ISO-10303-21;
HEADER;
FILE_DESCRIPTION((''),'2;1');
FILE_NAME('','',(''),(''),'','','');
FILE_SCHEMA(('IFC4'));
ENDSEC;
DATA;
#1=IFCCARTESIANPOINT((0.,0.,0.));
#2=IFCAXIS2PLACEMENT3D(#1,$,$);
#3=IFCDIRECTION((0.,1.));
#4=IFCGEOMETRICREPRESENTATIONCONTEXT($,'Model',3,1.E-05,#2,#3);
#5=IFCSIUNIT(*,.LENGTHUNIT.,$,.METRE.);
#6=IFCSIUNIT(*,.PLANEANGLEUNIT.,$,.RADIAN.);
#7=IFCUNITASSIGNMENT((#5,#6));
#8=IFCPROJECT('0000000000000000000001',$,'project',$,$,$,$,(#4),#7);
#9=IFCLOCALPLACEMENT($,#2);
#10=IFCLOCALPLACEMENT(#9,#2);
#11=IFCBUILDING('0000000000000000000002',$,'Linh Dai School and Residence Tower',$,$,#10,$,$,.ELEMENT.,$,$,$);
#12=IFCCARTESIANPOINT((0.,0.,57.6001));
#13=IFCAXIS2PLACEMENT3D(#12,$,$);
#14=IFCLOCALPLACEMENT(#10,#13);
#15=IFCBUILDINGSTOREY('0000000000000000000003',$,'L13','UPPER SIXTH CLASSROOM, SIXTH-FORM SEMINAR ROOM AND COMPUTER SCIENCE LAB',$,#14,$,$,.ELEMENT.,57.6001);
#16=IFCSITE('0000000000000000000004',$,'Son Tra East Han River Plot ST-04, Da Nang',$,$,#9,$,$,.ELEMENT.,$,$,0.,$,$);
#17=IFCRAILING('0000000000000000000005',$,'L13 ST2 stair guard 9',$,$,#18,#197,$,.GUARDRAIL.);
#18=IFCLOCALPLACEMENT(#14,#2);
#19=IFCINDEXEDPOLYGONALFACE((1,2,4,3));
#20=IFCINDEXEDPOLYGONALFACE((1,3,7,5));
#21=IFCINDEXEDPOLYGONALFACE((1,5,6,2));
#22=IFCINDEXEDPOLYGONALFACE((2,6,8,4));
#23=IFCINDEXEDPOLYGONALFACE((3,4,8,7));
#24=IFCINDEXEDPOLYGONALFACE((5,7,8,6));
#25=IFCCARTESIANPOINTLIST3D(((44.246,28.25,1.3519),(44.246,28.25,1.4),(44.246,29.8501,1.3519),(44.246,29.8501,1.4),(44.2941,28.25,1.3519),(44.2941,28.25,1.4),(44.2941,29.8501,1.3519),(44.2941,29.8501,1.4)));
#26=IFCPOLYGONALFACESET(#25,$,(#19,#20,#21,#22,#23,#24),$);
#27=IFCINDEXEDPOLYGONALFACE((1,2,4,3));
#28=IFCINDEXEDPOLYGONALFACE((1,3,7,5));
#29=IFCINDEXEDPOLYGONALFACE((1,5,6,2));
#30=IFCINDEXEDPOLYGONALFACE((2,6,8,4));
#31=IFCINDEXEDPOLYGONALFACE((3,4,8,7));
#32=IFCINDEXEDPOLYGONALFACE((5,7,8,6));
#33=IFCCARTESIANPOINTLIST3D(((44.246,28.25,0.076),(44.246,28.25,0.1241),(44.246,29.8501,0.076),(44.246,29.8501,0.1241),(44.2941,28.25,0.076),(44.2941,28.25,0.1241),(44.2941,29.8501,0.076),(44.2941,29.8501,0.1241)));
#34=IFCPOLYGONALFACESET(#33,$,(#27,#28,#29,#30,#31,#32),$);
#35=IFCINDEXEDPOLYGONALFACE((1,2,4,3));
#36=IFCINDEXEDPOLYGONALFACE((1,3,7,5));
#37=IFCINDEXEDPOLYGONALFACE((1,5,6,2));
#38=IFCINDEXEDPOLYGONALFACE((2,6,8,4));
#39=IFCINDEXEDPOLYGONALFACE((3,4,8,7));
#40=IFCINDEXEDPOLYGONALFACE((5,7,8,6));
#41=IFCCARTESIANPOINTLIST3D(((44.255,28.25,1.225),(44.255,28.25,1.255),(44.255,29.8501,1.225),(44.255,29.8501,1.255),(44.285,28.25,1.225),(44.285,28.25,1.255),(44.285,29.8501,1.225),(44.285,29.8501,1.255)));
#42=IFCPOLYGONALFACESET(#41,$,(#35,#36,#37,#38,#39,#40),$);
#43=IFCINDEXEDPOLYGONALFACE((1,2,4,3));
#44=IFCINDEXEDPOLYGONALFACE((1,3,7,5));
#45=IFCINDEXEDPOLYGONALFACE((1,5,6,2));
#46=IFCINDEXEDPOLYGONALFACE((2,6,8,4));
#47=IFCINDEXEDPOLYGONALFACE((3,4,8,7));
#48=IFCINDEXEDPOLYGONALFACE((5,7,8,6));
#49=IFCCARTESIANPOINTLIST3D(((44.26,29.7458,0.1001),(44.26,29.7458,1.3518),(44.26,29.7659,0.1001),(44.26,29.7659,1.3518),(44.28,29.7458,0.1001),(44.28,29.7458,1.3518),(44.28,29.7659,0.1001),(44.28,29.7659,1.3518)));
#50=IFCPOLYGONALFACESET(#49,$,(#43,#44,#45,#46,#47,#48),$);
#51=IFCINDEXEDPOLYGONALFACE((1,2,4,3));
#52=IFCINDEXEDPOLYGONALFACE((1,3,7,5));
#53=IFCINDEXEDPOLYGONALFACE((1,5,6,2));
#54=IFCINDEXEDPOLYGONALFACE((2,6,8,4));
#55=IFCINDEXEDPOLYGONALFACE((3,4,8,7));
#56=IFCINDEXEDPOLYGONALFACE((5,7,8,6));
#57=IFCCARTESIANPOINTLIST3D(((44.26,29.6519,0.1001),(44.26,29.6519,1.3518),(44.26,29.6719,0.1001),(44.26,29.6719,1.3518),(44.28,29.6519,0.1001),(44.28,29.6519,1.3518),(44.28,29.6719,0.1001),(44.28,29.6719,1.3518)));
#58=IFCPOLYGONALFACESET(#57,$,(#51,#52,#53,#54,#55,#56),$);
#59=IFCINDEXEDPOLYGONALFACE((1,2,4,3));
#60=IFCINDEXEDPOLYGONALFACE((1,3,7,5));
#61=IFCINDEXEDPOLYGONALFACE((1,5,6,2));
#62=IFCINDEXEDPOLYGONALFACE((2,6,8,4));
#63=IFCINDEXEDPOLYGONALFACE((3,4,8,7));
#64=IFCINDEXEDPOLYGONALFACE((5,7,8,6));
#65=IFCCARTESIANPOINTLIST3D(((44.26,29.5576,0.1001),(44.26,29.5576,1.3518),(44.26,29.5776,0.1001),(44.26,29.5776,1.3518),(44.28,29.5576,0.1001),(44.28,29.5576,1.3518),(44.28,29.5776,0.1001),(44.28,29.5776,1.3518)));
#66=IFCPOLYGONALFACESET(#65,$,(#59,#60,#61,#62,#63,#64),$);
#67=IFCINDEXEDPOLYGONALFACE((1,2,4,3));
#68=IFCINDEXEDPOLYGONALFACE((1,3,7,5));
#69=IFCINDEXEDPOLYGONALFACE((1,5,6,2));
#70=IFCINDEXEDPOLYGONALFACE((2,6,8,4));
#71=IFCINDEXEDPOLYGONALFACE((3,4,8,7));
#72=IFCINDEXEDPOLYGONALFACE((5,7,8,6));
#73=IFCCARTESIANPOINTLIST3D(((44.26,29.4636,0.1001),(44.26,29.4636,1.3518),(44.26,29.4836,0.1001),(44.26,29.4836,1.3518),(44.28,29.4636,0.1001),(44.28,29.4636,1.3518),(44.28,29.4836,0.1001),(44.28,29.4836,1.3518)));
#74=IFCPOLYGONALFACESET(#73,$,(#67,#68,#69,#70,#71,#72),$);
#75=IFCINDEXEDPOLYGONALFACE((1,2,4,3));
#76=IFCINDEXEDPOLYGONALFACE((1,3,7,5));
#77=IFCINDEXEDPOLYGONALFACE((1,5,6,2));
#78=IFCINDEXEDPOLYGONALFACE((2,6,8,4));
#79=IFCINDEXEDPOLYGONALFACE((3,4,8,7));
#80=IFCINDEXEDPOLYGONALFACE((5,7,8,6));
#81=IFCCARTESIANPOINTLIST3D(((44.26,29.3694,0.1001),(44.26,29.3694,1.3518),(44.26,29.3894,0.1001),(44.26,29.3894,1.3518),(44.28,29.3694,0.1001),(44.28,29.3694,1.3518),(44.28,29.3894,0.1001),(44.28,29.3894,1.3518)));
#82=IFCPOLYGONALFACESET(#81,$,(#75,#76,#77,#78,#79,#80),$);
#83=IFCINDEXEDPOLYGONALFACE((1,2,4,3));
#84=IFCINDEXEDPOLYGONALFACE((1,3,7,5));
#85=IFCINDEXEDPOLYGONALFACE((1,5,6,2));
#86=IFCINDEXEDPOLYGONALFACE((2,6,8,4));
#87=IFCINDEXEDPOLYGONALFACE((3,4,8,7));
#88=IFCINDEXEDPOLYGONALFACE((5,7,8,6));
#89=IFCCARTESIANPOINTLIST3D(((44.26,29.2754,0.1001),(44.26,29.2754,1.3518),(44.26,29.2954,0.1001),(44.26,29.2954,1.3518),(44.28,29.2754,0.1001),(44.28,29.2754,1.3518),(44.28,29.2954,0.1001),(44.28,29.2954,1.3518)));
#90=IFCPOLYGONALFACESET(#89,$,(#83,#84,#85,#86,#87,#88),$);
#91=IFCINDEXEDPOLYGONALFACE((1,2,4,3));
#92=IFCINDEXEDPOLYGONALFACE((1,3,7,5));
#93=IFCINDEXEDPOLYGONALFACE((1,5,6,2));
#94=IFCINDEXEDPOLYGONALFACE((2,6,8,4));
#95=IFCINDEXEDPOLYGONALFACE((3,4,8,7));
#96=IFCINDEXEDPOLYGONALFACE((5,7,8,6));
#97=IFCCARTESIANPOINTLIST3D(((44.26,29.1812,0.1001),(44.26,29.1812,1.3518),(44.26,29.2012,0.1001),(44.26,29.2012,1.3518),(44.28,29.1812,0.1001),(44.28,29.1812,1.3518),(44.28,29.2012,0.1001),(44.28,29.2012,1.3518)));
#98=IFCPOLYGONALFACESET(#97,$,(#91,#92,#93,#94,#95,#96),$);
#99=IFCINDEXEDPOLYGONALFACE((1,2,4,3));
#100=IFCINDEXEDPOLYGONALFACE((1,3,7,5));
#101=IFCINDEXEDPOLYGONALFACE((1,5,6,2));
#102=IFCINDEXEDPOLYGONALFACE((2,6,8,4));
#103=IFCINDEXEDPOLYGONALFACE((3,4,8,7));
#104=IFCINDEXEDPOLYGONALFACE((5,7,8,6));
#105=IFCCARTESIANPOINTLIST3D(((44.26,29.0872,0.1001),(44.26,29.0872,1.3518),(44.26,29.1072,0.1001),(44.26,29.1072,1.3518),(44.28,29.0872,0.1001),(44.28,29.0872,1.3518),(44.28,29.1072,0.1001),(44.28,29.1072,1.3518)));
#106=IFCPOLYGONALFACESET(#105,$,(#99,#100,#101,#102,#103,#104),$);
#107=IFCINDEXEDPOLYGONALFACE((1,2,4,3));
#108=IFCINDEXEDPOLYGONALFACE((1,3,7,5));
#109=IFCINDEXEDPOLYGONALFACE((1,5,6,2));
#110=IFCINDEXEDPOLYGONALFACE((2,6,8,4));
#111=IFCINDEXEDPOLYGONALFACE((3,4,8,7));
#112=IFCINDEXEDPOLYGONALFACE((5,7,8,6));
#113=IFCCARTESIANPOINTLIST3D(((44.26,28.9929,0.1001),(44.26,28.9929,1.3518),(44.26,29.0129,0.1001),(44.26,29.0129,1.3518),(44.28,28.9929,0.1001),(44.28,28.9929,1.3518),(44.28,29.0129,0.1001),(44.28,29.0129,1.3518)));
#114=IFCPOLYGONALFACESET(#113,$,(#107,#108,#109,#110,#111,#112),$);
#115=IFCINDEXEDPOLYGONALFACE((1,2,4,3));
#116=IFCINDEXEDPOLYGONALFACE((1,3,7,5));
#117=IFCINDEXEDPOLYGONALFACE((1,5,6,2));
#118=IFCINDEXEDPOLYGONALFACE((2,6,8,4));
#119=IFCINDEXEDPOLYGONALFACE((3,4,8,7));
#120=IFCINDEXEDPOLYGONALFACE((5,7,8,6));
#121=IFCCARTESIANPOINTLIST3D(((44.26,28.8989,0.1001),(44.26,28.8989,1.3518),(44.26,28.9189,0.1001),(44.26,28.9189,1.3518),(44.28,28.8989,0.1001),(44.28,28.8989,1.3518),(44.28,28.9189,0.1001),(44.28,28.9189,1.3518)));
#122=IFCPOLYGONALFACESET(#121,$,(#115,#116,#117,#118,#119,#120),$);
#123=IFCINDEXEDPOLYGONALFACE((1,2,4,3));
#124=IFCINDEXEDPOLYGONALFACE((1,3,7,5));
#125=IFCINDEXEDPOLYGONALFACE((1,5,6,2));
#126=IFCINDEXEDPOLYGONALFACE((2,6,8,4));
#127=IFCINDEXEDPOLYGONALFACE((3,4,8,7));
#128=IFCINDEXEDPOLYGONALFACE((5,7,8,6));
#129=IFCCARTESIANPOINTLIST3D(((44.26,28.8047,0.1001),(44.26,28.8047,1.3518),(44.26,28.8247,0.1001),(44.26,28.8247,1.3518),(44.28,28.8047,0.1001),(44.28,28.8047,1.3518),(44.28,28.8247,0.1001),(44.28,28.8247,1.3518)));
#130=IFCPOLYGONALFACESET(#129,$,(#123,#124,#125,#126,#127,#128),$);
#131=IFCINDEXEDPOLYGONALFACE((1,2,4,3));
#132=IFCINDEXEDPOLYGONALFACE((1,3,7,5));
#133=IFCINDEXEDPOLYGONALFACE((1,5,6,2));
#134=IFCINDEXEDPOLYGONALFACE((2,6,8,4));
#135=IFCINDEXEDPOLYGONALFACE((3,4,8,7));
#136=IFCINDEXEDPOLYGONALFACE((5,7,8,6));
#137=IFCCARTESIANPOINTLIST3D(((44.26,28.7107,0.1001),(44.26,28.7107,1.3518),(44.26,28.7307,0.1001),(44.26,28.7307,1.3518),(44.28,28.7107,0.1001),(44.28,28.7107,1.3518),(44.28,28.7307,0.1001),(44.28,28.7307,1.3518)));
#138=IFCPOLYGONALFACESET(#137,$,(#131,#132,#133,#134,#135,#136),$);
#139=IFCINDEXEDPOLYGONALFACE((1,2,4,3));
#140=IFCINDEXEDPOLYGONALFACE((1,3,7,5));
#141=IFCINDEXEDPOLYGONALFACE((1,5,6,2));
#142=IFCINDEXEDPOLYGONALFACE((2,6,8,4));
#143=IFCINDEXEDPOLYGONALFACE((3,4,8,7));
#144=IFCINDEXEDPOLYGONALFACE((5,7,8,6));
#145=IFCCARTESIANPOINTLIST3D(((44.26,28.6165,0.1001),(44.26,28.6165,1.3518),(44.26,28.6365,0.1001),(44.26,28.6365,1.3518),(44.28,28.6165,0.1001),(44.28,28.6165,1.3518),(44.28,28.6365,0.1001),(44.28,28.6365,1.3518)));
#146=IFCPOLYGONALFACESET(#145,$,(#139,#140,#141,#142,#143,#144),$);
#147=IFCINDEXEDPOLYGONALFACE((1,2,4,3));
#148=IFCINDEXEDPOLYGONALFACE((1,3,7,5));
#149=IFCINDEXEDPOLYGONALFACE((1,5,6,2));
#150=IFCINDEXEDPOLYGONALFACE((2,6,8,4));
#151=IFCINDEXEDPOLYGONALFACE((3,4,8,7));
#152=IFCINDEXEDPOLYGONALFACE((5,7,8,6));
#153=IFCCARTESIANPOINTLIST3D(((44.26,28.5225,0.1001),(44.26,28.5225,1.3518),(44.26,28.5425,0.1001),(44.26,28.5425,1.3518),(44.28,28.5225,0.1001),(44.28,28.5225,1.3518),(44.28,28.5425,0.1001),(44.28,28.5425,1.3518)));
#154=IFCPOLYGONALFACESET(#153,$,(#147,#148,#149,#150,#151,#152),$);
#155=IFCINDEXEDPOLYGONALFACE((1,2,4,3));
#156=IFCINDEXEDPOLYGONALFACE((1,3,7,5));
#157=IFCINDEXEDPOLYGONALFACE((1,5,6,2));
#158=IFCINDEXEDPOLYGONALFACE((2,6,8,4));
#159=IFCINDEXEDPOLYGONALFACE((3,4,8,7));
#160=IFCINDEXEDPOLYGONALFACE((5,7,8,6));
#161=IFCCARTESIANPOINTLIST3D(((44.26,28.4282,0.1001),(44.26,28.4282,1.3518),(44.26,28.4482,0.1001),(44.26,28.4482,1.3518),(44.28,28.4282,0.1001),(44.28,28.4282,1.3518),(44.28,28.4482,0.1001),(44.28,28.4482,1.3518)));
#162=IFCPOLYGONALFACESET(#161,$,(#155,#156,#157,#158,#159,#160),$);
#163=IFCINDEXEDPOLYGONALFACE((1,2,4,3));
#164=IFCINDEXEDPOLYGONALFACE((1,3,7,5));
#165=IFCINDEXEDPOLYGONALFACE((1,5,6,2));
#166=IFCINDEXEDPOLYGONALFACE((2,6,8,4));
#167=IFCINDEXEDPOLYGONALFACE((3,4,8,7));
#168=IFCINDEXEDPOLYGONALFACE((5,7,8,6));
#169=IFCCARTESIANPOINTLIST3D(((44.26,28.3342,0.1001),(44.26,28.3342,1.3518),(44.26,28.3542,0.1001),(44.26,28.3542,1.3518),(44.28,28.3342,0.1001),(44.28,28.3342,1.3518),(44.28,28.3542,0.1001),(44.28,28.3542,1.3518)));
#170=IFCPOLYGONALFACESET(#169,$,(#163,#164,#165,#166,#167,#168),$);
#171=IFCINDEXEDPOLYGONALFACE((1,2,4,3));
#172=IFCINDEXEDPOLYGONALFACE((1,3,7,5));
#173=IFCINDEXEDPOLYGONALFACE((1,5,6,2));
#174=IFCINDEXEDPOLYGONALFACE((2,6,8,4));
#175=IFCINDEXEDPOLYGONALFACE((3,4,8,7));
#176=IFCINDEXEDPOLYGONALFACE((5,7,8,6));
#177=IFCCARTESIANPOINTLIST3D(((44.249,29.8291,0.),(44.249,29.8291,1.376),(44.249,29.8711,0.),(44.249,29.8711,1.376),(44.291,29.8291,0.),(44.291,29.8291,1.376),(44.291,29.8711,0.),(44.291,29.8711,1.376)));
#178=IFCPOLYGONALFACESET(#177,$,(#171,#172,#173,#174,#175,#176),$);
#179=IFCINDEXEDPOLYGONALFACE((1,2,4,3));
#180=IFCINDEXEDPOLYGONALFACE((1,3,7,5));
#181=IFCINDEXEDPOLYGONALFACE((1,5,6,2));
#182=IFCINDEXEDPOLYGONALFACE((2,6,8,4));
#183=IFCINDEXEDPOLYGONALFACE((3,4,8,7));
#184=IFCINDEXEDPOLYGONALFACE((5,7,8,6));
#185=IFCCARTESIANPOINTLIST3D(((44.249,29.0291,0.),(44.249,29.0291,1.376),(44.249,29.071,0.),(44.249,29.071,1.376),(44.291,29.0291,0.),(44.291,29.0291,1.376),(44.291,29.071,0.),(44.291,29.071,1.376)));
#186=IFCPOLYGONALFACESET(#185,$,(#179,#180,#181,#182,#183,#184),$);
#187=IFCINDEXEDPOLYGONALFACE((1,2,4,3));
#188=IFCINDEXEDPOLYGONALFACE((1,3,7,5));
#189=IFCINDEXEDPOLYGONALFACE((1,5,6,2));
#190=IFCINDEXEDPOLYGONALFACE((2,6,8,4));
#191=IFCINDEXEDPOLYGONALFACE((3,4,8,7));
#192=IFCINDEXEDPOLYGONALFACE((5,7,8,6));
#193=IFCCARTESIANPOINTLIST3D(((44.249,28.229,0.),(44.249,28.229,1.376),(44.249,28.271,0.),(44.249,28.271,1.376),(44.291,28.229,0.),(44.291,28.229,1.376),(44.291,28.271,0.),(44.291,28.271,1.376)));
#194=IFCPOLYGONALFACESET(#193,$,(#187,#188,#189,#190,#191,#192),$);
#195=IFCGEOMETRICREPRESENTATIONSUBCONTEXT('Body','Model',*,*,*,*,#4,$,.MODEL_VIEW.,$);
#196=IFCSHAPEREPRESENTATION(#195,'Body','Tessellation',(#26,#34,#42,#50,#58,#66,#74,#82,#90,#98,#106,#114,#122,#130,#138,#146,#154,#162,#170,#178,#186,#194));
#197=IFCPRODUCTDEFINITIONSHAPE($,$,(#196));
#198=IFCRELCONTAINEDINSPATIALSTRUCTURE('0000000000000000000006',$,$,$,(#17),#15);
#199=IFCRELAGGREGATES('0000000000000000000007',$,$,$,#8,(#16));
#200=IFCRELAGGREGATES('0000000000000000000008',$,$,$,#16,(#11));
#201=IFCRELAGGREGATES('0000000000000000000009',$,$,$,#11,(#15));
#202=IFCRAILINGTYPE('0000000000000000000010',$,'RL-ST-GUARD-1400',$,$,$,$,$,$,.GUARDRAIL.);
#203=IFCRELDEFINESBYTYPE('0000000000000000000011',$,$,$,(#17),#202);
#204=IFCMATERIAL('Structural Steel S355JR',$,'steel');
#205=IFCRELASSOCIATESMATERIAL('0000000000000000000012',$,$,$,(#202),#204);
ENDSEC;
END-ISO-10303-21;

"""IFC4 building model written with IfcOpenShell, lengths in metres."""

from ifc_helpers import new_model, si_unit, direction, frame, origin, origin_2d, place, context, subcontext, project, spatial, rectangle, extrude, source, transform, mapped, material, type_object, element, save


model = new_model("IFC4")

# Units and contexts
model_context = context("Model", 3, precision=1e-05, world=origin(), true_north=direction((0.0, 1.0)))
body_context = subcontext(model_context, "Body", "Model", "MODEL_VIEW")
ifc_project = project(units=[si_unit("LENGTHUNIT", "METRE"), si_unit("PLANEANGLEUNIT", "RADIAN")], contexts=[model_context])

# Site, building, storey
site_placement = place(None, origin())
site = spatial("IfcSite", under=ifc_project, at=site_placement, Name="Son Tra East Han River Plot ST-04, Da Nang", CompositionType="ELEMENT", RefElevation=0.0)
building_placement = place(site_placement, origin())
building = spatial("IfcBuilding", under=site, at=building_placement, Name="Linh Dai School and Residence Tower", CompositionType="ELEMENT")
storey_placement = place(building_placement, frame((0.0, 0.0, 57.6001)))
storey = spatial("IfcBuildingStorey", under=building, at=storey_placement, Name="L13", Description="UPPER SIXTH CLASSROOM, SIXTH-FORM SEMINAR ROOM AND COMPUTER SCIENCE LAB", CompositionType="ELEMENT", Elevation=57.6001)

# Shared definitions
ifc_material_1 = material(Name="Structural Steel S355JR", Category="steel")

# Railing
railing_type_1 = type_object("IfcRailingType", Name="RL-ST-GUARD-1400", PredefinedType="GUARDRAIL", material=ifc_material_1)
shared_shape_1 = source(origin(), body_context, "Body", "SweptSolid", [
    extrude(rectangle(XDim=0.0481, YDim=0.0481, at=origin_2d()), frame((0.0, 0.0, 1.376), z_axis=(0.0, -1.0, 0.0), x_axis=(1.0, 0.0, 0.0)), (0.0, 0.0, 1.0), 1.6001),
    extrude(rectangle(XDim=0.0481, YDim=0.0481, at=origin_2d()), frame((0.0, 0.0, 0.1001), z_axis=(0.0, -1.0, 0.0), x_axis=(1.0, 0.0, 0.0)), (0.0, 0.0, 1.0), 1.6001),
    extrude(rectangle(XDim=0.03, YDim=0.03, at=origin_2d()), frame((0.0, 0.0, 1.24), z_axis=(0.0, -1.0, 0.0), x_axis=(1.0, 0.0, 0.0)), (0.0, 0.0, 1.0), 1.6001),
    extrude(rectangle(XDim=0.02, YDim=0.02, at=origin_2d()), frame((0.0, -0.0942, 0.1001)), (0.0, 0.0, 1.0), 1.2517),
    extrude(rectangle(XDim=0.02, YDim=0.02, at=origin_2d()), frame((0.0, -0.1882, 0.1001)), (0.0, 0.0, 1.0), 1.2517),
    extrude(rectangle(XDim=0.02, YDim=0.02, at=origin_2d()), frame((0.0, -0.2825, 0.1001)), (0.0, 0.0, 1.0), 1.2517),
    extrude(rectangle(XDim=0.02, YDim=0.02, at=origin_2d()), frame((0.0, -0.3765, 0.1001)), (0.0, 0.0, 1.0), 1.2517),
    extrude(rectangle(XDim=0.02, YDim=0.02, at=origin_2d()), frame((0.0, -0.4707, 0.1001)), (0.0, 0.0, 1.0), 1.2517),
    extrude(rectangle(XDim=0.02, YDim=0.02, at=origin_2d()), frame((0.0, -0.5647, 0.1001)), (0.0, 0.0, 1.0), 1.2517),
    extrude(rectangle(XDim=0.02, YDim=0.02, at=origin_2d()), frame((0.0, -0.6589, 0.1001)), (0.0, 0.0, 1.0), 1.2517),
    extrude(rectangle(XDim=0.02, YDim=0.02, at=origin_2d()), frame((0.0, -0.7529, 0.1001)), (0.0, 0.0, 1.0), 1.2517),
    extrude(rectangle(XDim=0.02, YDim=0.02, at=origin_2d()), frame((0.0, -0.8472, 0.1001)), (0.0, 0.0, 1.0), 1.2517),
    extrude(rectangle(XDim=0.02, YDim=0.02, at=origin_2d()), frame((0.0, -0.9412, 0.1001)), (0.0, 0.0, 1.0), 1.2517),
    extrude(rectangle(XDim=0.02, YDim=0.02, at=origin_2d()), frame((0.0, -1.0354, 0.1001)), (0.0, 0.0, 1.0), 1.2517),
    extrude(rectangle(XDim=0.02, YDim=0.02, at=origin_2d()), frame((0.0, -1.1294, 0.1001)), (0.0, 0.0, 1.0), 1.2517),
    extrude(rectangle(XDim=0.02, YDim=0.02, at=origin_2d()), frame((0.0, -1.2236, 0.1001)), (0.0, 0.0, 1.0), 1.2517),
    extrude(rectangle(XDim=0.02, YDim=0.02, at=origin_2d()), frame((0.0, -1.3176, 0.1001)), (0.0, 0.0, 1.0), 1.2517),
    extrude(rectangle(XDim=0.02, YDim=0.02, at=origin_2d()), frame((0.0, -1.4119, 0.1001)), (0.0, 0.0, 1.0), 1.2517),
    extrude(rectangle(XDim=0.02, YDim=0.02, at=origin_2d()), frame((0.0, -1.5059, 0.1001)), (0.0, 0.0, 1.0), 1.2517),
    extrude(rectangle(XDim=0.042, YDim=0.042, at=origin_2d()), origin(), (0.0, 0.0, 1.0), 1.376),
    extrude(rectangle(XDim=0.042, YDim=0.042, at=origin_2d()), frame((0.0, -0.8, 0.0)), (0.0, 0.0, 1.0), 1.376),
    extrude(rectangle(XDim=0.042, YDim=0.042, at=origin_2d()), frame((0.0, -1.6001, 0.0)), (0.0, 0.0, 1.0), 1.376),
])
for number, where, name in (
    (1, (44.27, 29.8501, 0.0), "L13 ST2 stair guard 9"),
):
    element("IfcRailing", number, at=place(storey_placement, frame(where)), inside=storey, type_object=railing_type_1, Name=name, PredefinedType="GUARDRAIL", context=body_context, shape_type="MappedRepresentation", body=[
        mapped(shared_shape_1, transform((0.0, 0.0, 0.0), x_axis=(1.0, 0.0, 0.0), y_axis=(0.0, 1.0, 0.0), z_axis=(0.0, 0.0, 1.0), scale=1.0)),
    ])

save(model, "model.ifc")
